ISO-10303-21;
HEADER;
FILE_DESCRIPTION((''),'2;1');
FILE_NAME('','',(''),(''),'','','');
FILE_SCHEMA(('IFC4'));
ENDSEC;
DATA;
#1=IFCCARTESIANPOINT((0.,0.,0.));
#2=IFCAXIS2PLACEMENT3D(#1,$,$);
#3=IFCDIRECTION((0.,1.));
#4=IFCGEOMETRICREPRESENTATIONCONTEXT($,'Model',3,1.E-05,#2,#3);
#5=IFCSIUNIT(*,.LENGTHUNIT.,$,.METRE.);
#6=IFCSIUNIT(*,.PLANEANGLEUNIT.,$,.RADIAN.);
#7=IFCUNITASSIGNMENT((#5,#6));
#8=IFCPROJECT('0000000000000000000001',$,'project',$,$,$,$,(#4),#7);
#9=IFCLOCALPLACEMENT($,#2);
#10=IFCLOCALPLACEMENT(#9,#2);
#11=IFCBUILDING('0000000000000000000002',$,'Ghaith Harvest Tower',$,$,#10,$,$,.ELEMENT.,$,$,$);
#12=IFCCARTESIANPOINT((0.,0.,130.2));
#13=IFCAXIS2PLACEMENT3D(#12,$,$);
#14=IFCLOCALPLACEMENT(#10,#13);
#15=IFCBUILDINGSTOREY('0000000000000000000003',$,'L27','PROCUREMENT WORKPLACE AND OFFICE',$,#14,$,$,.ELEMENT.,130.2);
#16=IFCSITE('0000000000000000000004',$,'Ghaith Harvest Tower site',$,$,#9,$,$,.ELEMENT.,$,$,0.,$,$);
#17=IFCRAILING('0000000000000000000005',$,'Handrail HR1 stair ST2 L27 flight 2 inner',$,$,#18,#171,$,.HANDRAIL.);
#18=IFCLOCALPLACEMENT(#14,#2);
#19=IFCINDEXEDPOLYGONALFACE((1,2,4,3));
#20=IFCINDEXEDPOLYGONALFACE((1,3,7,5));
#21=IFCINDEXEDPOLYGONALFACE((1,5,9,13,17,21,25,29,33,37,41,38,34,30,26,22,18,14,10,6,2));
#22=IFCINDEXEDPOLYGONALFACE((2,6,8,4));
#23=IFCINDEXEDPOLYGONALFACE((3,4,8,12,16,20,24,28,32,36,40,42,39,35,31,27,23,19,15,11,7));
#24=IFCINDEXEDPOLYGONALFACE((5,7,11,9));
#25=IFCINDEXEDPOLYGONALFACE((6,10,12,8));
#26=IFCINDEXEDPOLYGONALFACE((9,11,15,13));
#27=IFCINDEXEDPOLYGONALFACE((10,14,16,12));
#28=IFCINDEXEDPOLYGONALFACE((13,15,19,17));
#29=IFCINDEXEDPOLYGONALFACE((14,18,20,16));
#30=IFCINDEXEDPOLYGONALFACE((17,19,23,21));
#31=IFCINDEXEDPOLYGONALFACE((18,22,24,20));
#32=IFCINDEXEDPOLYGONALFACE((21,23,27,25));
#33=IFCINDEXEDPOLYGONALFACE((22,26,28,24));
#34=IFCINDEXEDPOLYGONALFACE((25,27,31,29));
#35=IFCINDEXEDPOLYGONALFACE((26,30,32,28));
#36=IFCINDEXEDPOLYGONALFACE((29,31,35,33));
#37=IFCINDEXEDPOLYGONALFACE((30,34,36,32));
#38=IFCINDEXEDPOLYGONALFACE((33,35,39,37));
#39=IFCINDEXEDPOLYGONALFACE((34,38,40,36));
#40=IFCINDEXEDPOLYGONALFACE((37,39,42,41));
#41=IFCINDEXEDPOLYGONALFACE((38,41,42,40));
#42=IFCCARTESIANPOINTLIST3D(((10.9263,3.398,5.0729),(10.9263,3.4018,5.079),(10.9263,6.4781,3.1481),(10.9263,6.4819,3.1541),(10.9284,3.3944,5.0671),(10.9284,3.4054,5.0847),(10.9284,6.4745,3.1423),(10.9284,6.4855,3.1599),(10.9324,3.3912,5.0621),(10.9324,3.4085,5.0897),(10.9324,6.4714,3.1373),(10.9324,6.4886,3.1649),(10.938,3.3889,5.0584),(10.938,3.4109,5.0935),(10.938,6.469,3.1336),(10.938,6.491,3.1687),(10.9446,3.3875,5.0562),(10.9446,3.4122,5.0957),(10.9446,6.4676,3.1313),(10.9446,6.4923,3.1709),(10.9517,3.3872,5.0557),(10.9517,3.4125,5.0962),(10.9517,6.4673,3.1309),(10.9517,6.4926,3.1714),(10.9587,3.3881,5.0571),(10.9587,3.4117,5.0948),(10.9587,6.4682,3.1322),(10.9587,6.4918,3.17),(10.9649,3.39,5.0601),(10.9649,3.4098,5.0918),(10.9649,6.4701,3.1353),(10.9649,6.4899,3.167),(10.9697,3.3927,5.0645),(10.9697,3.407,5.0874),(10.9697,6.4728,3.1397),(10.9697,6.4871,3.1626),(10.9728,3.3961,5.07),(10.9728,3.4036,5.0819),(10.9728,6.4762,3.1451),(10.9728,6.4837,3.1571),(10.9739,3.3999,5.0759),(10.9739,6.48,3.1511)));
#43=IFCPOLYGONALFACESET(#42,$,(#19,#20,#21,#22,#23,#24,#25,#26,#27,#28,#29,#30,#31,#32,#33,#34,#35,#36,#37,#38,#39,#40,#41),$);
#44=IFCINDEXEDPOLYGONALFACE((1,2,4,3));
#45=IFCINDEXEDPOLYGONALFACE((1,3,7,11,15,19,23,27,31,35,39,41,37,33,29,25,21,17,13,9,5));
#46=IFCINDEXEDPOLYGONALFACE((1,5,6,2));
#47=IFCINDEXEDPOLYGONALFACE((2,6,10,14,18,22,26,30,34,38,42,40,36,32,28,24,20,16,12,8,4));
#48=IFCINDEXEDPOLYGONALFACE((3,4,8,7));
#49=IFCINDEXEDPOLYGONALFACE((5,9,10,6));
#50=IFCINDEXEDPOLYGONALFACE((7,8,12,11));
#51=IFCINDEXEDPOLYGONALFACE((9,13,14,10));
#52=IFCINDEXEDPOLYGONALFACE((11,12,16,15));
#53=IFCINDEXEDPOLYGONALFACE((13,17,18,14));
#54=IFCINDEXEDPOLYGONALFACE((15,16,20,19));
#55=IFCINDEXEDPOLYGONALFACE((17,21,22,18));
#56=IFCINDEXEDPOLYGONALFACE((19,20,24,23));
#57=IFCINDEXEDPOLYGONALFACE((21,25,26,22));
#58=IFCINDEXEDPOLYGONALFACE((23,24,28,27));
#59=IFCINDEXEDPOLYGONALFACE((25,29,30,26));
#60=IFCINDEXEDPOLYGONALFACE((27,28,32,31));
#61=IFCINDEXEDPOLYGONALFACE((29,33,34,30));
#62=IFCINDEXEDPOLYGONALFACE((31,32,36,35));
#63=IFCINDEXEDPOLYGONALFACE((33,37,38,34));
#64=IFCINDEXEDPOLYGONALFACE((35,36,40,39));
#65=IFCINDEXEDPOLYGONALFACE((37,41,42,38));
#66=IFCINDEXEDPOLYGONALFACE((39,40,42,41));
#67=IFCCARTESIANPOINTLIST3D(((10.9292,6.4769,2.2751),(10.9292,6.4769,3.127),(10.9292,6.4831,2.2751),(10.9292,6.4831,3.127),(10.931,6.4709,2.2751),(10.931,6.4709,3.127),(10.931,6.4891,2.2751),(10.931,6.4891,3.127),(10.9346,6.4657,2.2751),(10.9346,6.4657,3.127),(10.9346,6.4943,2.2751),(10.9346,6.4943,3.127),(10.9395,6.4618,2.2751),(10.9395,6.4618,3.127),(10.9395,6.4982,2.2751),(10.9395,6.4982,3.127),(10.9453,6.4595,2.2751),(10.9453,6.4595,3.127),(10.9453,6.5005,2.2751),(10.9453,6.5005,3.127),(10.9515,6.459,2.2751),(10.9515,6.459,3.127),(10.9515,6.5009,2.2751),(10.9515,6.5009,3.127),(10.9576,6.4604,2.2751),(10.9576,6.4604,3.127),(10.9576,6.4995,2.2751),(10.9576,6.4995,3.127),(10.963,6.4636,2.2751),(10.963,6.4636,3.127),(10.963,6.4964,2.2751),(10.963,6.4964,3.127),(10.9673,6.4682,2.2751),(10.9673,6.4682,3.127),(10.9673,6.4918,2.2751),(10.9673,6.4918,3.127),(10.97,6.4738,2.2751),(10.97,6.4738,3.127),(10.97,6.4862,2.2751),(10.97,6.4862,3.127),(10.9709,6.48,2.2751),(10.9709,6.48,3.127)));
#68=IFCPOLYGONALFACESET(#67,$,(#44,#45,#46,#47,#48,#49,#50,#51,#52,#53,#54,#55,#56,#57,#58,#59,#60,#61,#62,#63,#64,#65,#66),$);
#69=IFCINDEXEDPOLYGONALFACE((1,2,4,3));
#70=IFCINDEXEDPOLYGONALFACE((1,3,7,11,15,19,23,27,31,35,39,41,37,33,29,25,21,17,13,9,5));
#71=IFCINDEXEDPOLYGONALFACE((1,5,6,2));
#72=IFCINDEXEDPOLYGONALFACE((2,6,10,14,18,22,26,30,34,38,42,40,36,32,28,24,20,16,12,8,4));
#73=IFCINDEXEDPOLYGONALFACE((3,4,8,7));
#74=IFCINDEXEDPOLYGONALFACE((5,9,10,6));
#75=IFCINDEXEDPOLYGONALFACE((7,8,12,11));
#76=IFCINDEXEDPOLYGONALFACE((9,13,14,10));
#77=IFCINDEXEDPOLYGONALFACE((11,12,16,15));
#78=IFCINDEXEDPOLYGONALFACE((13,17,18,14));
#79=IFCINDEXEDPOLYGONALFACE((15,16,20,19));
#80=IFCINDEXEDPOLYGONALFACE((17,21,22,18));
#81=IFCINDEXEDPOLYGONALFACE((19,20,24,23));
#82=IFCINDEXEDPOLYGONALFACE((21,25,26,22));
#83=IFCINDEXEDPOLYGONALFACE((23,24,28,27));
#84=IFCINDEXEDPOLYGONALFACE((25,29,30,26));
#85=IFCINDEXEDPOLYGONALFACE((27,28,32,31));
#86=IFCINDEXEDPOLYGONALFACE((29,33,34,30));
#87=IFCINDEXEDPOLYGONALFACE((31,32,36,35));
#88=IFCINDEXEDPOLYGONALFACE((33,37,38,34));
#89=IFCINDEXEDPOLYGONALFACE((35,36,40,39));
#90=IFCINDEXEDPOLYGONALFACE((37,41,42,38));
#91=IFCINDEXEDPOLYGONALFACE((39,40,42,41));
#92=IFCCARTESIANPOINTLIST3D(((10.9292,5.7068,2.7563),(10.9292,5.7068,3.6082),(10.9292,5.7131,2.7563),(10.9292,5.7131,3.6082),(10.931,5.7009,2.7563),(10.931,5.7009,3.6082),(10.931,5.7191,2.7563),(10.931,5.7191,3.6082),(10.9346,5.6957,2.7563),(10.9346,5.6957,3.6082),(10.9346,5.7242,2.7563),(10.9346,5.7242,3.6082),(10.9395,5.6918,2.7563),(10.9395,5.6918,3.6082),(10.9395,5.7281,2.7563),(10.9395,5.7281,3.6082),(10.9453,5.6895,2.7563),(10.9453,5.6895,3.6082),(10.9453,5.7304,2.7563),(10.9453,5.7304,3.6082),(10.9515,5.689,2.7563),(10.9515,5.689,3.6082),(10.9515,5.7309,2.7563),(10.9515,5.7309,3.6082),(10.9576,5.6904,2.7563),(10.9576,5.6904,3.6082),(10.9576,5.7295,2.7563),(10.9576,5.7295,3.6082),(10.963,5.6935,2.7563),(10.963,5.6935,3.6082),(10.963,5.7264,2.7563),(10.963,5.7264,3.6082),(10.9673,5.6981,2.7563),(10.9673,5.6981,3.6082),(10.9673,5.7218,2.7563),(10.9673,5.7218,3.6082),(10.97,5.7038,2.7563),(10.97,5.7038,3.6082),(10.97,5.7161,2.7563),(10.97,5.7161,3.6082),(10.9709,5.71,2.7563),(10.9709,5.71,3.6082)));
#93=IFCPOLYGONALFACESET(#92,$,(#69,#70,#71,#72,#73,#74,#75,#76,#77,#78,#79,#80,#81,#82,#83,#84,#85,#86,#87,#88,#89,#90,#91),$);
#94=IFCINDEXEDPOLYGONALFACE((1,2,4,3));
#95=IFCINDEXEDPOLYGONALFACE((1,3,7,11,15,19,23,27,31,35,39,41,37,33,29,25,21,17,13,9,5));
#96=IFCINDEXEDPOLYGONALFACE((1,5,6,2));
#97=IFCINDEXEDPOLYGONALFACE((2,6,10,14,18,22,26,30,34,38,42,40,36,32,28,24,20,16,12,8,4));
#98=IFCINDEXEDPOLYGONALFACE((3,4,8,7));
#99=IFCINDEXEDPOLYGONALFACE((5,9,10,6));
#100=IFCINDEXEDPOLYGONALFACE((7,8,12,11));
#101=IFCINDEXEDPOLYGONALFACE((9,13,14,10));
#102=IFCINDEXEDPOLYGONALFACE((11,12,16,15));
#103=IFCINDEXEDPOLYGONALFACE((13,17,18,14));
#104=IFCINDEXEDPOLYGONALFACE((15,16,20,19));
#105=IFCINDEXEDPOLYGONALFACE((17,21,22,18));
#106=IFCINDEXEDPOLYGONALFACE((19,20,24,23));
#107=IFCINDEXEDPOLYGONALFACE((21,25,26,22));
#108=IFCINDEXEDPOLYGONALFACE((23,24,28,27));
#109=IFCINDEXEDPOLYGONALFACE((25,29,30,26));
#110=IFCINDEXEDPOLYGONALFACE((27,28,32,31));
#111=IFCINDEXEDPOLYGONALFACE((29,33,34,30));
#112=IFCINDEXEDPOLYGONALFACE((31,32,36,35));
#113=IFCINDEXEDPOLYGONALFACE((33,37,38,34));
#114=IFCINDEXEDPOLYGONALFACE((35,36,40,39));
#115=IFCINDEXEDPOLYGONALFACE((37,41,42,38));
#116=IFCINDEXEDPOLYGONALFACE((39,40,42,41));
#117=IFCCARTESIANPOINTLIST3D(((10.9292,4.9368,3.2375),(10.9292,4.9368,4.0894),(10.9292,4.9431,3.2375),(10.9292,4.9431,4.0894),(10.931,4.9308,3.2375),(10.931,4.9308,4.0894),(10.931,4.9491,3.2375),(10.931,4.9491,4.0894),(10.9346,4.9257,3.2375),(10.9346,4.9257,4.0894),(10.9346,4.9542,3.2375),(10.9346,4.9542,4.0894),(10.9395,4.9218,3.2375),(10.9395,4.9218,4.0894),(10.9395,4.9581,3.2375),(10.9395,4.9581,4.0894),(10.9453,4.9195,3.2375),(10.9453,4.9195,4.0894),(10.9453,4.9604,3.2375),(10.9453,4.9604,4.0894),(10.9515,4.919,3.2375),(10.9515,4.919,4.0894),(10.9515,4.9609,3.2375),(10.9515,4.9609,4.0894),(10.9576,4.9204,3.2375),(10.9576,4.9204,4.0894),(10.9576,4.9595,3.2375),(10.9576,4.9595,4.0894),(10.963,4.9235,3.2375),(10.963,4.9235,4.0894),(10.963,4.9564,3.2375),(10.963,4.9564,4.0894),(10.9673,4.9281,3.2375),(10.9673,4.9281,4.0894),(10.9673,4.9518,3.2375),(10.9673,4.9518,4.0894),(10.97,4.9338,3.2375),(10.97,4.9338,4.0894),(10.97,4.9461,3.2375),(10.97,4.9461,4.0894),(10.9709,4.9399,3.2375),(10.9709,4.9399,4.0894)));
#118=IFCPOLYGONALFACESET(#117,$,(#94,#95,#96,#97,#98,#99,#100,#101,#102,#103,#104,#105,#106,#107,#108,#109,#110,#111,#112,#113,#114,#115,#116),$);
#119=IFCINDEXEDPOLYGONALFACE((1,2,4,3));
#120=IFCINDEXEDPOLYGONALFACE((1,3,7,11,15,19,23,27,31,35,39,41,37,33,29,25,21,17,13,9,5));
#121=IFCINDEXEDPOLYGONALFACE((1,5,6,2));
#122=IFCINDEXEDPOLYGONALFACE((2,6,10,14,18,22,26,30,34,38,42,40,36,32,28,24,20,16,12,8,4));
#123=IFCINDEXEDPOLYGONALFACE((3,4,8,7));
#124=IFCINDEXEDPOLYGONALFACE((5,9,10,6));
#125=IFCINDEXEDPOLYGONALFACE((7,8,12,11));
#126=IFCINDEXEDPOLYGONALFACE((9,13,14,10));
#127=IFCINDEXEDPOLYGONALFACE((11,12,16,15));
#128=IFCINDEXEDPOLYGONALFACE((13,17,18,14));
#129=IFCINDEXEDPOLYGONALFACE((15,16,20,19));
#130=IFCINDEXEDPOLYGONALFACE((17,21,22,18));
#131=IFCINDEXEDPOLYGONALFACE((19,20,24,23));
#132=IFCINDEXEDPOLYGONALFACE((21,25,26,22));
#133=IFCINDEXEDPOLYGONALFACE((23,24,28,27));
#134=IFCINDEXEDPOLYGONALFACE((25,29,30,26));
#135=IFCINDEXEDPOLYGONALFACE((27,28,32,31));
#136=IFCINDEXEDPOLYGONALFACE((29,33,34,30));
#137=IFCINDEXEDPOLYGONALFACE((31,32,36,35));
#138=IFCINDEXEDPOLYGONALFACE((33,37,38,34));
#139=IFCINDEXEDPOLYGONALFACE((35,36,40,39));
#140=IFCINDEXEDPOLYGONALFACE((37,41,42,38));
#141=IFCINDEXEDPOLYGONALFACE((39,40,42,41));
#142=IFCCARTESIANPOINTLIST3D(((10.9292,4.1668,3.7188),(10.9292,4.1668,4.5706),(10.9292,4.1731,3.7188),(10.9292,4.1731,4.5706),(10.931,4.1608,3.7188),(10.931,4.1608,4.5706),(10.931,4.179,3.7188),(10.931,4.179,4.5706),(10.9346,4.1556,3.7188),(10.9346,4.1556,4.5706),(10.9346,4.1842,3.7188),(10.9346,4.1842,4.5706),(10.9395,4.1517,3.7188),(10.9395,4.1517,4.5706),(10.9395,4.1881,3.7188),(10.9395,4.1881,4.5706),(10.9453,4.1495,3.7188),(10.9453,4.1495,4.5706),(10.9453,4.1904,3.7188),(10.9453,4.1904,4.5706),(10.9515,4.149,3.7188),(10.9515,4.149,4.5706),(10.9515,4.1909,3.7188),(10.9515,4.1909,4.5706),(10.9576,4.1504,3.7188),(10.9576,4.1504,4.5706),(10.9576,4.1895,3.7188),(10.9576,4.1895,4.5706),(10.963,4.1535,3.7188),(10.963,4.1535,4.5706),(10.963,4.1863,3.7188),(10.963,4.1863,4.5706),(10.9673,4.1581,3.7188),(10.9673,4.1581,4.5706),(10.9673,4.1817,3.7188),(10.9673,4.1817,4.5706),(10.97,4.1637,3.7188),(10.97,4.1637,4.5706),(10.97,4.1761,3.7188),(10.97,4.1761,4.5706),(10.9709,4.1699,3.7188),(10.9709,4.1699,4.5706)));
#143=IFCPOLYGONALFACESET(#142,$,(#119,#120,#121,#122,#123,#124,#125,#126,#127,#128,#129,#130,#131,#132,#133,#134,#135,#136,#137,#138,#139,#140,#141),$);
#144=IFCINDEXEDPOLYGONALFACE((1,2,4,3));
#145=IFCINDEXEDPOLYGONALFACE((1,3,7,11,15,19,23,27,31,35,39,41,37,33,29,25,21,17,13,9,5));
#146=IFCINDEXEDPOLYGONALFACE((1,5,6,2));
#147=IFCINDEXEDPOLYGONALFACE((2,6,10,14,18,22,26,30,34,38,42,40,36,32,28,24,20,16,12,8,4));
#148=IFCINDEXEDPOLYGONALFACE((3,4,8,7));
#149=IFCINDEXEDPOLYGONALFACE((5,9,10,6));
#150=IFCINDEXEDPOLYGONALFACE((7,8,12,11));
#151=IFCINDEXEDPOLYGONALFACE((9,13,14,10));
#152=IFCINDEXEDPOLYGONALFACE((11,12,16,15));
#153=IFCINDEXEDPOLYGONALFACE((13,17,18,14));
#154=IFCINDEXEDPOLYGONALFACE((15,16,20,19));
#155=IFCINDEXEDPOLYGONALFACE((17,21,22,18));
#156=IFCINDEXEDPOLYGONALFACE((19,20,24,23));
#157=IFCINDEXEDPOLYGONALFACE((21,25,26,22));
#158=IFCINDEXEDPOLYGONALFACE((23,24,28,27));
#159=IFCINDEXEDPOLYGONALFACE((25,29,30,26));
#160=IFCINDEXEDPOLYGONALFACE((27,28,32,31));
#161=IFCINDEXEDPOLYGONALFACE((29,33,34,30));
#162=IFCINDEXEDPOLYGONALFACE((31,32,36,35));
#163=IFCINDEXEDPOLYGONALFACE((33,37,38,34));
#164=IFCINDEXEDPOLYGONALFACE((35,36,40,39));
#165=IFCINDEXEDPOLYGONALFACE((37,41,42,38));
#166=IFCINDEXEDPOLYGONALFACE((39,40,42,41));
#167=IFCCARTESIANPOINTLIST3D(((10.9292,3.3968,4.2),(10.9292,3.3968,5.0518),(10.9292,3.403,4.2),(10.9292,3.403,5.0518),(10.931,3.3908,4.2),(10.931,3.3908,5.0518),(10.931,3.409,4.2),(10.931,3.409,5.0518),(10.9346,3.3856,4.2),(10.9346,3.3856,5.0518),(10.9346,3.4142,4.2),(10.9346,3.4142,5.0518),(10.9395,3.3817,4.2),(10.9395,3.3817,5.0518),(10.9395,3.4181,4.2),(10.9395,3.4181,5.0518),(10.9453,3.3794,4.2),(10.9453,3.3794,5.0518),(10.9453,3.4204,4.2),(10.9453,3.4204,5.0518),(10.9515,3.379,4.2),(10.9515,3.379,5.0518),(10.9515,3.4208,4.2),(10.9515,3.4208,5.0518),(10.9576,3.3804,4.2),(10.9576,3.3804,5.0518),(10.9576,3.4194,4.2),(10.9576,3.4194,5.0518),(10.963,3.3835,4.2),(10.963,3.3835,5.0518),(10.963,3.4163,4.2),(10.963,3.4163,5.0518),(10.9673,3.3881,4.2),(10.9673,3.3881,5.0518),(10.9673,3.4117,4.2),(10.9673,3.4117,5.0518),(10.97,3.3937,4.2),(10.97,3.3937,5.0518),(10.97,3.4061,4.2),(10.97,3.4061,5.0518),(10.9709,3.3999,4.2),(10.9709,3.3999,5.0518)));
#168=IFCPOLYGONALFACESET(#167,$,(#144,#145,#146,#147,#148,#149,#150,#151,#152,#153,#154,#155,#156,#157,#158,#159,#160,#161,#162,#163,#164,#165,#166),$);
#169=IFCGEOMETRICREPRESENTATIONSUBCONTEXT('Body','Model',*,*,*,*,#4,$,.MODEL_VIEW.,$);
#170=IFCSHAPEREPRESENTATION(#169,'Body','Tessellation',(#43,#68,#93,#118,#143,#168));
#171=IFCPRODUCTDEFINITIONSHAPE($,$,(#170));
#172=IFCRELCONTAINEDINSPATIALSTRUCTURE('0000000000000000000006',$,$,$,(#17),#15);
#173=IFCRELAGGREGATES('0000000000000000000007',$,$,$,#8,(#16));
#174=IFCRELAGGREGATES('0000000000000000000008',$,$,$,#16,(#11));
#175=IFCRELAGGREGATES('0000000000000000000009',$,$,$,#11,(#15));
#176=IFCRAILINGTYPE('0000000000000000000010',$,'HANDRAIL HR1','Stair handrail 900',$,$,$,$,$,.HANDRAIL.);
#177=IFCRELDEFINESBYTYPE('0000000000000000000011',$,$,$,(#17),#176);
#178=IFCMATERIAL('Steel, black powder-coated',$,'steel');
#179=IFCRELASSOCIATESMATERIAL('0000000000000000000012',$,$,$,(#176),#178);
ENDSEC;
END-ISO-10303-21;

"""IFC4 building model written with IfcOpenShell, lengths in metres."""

from ifc_helpers import new_model, si_unit, direction, frame, origin, origin_2d, place, context, subcontext, project, spatial, circle, extrude, material, type_object, element, save


model = new_model("IFC4")

# Units and contexts
model_context = context("Model", 3, precision=1e-05, world=origin(), true_north=direction((0.0, 1.0)))
body_context = subcontext(model_context, "Body", "Model", "MODEL_VIEW")
ifc_project = project(units=[si_unit("LENGTHUNIT", "METRE"), si_unit("PLANEANGLEUNIT", "RADIAN")], contexts=[model_context])

# Site, building, storey
site_placement = place(None, origin())
site = spatial("IfcSite", under=ifc_project, at=site_placement, Name="Ghaith Harvest Tower site", CompositionType="ELEMENT", RefElevation=0.0)
building_placement = place(site_placement, origin())
building = spatial("IfcBuilding", under=site, at=building_placement, Name="Ghaith Harvest Tower", CompositionType="ELEMENT")
storey_placement = place(building_placement, frame((0.0, 0.0, 130.2)))
storey = spatial("IfcBuildingStorey", under=building, at=storey_placement, Name="L27", Description="PROCUREMENT WORKPLACE AND OFFICE", CompositionType="ELEMENT", Elevation=130.2)

# Railing
ifc_material_1 = material(Name="Steel, black powder-coated", Category="steel")
railing_type = type_object("IfcRailingType", Name="HANDRAIL HR1", Description="Stair handrail 900", PredefinedType="HANDRAIL", material=ifc_material_1)
railing_1_placement = place(storey_placement, frame((10.95, 6.48, 2.2751)))
element("IfcRailing", 1, at=railing_1_placement, inside=storey, type_object=railing_type, Name="Handrail HR1 stair ST2 L27 flight 2 inner", PredefinedType="HANDRAIL", context=body_context, shape_type="SweptSolid", body=[
    extrude(circle(Radius=0.0239, at=origin_2d()), frame((0.0, 0.0, 0.876), z_axis=(0.0, -0.848029, 0.529951), x_axis=(1.0, 0.0, 0.0)), (0.0, 0.0, 1.0), 3.6321),
    extrude(circle(Radius=0.021, at=origin_2d()), origin(), (0.0, 0.0, 1.0), 0.8518),
    extrude(circle(Radius=0.021, at=origin_2d()), frame((0.0, -0.77, 0.4812)), (0.0, 0.0, 1.0), 0.8518),
    extrude(circle(Radius=0.021, at=origin_2d()), frame((0.0, -1.54, 0.9624)), (0.0, 0.0, 1.0), 0.8518),
    extrude(circle(Radius=0.021, at=origin_2d()), frame((0.0, -2.3101, 1.4436)), (0.0, 0.0, 1.0), 0.8518),
    extrude(circle(Radius=0.021, at=origin_2d()), frame((0.0, -3.0801, 1.9248)), (0.0, 0.0, 1.0), 0.8518),
])

save(model, "model.ifc")
